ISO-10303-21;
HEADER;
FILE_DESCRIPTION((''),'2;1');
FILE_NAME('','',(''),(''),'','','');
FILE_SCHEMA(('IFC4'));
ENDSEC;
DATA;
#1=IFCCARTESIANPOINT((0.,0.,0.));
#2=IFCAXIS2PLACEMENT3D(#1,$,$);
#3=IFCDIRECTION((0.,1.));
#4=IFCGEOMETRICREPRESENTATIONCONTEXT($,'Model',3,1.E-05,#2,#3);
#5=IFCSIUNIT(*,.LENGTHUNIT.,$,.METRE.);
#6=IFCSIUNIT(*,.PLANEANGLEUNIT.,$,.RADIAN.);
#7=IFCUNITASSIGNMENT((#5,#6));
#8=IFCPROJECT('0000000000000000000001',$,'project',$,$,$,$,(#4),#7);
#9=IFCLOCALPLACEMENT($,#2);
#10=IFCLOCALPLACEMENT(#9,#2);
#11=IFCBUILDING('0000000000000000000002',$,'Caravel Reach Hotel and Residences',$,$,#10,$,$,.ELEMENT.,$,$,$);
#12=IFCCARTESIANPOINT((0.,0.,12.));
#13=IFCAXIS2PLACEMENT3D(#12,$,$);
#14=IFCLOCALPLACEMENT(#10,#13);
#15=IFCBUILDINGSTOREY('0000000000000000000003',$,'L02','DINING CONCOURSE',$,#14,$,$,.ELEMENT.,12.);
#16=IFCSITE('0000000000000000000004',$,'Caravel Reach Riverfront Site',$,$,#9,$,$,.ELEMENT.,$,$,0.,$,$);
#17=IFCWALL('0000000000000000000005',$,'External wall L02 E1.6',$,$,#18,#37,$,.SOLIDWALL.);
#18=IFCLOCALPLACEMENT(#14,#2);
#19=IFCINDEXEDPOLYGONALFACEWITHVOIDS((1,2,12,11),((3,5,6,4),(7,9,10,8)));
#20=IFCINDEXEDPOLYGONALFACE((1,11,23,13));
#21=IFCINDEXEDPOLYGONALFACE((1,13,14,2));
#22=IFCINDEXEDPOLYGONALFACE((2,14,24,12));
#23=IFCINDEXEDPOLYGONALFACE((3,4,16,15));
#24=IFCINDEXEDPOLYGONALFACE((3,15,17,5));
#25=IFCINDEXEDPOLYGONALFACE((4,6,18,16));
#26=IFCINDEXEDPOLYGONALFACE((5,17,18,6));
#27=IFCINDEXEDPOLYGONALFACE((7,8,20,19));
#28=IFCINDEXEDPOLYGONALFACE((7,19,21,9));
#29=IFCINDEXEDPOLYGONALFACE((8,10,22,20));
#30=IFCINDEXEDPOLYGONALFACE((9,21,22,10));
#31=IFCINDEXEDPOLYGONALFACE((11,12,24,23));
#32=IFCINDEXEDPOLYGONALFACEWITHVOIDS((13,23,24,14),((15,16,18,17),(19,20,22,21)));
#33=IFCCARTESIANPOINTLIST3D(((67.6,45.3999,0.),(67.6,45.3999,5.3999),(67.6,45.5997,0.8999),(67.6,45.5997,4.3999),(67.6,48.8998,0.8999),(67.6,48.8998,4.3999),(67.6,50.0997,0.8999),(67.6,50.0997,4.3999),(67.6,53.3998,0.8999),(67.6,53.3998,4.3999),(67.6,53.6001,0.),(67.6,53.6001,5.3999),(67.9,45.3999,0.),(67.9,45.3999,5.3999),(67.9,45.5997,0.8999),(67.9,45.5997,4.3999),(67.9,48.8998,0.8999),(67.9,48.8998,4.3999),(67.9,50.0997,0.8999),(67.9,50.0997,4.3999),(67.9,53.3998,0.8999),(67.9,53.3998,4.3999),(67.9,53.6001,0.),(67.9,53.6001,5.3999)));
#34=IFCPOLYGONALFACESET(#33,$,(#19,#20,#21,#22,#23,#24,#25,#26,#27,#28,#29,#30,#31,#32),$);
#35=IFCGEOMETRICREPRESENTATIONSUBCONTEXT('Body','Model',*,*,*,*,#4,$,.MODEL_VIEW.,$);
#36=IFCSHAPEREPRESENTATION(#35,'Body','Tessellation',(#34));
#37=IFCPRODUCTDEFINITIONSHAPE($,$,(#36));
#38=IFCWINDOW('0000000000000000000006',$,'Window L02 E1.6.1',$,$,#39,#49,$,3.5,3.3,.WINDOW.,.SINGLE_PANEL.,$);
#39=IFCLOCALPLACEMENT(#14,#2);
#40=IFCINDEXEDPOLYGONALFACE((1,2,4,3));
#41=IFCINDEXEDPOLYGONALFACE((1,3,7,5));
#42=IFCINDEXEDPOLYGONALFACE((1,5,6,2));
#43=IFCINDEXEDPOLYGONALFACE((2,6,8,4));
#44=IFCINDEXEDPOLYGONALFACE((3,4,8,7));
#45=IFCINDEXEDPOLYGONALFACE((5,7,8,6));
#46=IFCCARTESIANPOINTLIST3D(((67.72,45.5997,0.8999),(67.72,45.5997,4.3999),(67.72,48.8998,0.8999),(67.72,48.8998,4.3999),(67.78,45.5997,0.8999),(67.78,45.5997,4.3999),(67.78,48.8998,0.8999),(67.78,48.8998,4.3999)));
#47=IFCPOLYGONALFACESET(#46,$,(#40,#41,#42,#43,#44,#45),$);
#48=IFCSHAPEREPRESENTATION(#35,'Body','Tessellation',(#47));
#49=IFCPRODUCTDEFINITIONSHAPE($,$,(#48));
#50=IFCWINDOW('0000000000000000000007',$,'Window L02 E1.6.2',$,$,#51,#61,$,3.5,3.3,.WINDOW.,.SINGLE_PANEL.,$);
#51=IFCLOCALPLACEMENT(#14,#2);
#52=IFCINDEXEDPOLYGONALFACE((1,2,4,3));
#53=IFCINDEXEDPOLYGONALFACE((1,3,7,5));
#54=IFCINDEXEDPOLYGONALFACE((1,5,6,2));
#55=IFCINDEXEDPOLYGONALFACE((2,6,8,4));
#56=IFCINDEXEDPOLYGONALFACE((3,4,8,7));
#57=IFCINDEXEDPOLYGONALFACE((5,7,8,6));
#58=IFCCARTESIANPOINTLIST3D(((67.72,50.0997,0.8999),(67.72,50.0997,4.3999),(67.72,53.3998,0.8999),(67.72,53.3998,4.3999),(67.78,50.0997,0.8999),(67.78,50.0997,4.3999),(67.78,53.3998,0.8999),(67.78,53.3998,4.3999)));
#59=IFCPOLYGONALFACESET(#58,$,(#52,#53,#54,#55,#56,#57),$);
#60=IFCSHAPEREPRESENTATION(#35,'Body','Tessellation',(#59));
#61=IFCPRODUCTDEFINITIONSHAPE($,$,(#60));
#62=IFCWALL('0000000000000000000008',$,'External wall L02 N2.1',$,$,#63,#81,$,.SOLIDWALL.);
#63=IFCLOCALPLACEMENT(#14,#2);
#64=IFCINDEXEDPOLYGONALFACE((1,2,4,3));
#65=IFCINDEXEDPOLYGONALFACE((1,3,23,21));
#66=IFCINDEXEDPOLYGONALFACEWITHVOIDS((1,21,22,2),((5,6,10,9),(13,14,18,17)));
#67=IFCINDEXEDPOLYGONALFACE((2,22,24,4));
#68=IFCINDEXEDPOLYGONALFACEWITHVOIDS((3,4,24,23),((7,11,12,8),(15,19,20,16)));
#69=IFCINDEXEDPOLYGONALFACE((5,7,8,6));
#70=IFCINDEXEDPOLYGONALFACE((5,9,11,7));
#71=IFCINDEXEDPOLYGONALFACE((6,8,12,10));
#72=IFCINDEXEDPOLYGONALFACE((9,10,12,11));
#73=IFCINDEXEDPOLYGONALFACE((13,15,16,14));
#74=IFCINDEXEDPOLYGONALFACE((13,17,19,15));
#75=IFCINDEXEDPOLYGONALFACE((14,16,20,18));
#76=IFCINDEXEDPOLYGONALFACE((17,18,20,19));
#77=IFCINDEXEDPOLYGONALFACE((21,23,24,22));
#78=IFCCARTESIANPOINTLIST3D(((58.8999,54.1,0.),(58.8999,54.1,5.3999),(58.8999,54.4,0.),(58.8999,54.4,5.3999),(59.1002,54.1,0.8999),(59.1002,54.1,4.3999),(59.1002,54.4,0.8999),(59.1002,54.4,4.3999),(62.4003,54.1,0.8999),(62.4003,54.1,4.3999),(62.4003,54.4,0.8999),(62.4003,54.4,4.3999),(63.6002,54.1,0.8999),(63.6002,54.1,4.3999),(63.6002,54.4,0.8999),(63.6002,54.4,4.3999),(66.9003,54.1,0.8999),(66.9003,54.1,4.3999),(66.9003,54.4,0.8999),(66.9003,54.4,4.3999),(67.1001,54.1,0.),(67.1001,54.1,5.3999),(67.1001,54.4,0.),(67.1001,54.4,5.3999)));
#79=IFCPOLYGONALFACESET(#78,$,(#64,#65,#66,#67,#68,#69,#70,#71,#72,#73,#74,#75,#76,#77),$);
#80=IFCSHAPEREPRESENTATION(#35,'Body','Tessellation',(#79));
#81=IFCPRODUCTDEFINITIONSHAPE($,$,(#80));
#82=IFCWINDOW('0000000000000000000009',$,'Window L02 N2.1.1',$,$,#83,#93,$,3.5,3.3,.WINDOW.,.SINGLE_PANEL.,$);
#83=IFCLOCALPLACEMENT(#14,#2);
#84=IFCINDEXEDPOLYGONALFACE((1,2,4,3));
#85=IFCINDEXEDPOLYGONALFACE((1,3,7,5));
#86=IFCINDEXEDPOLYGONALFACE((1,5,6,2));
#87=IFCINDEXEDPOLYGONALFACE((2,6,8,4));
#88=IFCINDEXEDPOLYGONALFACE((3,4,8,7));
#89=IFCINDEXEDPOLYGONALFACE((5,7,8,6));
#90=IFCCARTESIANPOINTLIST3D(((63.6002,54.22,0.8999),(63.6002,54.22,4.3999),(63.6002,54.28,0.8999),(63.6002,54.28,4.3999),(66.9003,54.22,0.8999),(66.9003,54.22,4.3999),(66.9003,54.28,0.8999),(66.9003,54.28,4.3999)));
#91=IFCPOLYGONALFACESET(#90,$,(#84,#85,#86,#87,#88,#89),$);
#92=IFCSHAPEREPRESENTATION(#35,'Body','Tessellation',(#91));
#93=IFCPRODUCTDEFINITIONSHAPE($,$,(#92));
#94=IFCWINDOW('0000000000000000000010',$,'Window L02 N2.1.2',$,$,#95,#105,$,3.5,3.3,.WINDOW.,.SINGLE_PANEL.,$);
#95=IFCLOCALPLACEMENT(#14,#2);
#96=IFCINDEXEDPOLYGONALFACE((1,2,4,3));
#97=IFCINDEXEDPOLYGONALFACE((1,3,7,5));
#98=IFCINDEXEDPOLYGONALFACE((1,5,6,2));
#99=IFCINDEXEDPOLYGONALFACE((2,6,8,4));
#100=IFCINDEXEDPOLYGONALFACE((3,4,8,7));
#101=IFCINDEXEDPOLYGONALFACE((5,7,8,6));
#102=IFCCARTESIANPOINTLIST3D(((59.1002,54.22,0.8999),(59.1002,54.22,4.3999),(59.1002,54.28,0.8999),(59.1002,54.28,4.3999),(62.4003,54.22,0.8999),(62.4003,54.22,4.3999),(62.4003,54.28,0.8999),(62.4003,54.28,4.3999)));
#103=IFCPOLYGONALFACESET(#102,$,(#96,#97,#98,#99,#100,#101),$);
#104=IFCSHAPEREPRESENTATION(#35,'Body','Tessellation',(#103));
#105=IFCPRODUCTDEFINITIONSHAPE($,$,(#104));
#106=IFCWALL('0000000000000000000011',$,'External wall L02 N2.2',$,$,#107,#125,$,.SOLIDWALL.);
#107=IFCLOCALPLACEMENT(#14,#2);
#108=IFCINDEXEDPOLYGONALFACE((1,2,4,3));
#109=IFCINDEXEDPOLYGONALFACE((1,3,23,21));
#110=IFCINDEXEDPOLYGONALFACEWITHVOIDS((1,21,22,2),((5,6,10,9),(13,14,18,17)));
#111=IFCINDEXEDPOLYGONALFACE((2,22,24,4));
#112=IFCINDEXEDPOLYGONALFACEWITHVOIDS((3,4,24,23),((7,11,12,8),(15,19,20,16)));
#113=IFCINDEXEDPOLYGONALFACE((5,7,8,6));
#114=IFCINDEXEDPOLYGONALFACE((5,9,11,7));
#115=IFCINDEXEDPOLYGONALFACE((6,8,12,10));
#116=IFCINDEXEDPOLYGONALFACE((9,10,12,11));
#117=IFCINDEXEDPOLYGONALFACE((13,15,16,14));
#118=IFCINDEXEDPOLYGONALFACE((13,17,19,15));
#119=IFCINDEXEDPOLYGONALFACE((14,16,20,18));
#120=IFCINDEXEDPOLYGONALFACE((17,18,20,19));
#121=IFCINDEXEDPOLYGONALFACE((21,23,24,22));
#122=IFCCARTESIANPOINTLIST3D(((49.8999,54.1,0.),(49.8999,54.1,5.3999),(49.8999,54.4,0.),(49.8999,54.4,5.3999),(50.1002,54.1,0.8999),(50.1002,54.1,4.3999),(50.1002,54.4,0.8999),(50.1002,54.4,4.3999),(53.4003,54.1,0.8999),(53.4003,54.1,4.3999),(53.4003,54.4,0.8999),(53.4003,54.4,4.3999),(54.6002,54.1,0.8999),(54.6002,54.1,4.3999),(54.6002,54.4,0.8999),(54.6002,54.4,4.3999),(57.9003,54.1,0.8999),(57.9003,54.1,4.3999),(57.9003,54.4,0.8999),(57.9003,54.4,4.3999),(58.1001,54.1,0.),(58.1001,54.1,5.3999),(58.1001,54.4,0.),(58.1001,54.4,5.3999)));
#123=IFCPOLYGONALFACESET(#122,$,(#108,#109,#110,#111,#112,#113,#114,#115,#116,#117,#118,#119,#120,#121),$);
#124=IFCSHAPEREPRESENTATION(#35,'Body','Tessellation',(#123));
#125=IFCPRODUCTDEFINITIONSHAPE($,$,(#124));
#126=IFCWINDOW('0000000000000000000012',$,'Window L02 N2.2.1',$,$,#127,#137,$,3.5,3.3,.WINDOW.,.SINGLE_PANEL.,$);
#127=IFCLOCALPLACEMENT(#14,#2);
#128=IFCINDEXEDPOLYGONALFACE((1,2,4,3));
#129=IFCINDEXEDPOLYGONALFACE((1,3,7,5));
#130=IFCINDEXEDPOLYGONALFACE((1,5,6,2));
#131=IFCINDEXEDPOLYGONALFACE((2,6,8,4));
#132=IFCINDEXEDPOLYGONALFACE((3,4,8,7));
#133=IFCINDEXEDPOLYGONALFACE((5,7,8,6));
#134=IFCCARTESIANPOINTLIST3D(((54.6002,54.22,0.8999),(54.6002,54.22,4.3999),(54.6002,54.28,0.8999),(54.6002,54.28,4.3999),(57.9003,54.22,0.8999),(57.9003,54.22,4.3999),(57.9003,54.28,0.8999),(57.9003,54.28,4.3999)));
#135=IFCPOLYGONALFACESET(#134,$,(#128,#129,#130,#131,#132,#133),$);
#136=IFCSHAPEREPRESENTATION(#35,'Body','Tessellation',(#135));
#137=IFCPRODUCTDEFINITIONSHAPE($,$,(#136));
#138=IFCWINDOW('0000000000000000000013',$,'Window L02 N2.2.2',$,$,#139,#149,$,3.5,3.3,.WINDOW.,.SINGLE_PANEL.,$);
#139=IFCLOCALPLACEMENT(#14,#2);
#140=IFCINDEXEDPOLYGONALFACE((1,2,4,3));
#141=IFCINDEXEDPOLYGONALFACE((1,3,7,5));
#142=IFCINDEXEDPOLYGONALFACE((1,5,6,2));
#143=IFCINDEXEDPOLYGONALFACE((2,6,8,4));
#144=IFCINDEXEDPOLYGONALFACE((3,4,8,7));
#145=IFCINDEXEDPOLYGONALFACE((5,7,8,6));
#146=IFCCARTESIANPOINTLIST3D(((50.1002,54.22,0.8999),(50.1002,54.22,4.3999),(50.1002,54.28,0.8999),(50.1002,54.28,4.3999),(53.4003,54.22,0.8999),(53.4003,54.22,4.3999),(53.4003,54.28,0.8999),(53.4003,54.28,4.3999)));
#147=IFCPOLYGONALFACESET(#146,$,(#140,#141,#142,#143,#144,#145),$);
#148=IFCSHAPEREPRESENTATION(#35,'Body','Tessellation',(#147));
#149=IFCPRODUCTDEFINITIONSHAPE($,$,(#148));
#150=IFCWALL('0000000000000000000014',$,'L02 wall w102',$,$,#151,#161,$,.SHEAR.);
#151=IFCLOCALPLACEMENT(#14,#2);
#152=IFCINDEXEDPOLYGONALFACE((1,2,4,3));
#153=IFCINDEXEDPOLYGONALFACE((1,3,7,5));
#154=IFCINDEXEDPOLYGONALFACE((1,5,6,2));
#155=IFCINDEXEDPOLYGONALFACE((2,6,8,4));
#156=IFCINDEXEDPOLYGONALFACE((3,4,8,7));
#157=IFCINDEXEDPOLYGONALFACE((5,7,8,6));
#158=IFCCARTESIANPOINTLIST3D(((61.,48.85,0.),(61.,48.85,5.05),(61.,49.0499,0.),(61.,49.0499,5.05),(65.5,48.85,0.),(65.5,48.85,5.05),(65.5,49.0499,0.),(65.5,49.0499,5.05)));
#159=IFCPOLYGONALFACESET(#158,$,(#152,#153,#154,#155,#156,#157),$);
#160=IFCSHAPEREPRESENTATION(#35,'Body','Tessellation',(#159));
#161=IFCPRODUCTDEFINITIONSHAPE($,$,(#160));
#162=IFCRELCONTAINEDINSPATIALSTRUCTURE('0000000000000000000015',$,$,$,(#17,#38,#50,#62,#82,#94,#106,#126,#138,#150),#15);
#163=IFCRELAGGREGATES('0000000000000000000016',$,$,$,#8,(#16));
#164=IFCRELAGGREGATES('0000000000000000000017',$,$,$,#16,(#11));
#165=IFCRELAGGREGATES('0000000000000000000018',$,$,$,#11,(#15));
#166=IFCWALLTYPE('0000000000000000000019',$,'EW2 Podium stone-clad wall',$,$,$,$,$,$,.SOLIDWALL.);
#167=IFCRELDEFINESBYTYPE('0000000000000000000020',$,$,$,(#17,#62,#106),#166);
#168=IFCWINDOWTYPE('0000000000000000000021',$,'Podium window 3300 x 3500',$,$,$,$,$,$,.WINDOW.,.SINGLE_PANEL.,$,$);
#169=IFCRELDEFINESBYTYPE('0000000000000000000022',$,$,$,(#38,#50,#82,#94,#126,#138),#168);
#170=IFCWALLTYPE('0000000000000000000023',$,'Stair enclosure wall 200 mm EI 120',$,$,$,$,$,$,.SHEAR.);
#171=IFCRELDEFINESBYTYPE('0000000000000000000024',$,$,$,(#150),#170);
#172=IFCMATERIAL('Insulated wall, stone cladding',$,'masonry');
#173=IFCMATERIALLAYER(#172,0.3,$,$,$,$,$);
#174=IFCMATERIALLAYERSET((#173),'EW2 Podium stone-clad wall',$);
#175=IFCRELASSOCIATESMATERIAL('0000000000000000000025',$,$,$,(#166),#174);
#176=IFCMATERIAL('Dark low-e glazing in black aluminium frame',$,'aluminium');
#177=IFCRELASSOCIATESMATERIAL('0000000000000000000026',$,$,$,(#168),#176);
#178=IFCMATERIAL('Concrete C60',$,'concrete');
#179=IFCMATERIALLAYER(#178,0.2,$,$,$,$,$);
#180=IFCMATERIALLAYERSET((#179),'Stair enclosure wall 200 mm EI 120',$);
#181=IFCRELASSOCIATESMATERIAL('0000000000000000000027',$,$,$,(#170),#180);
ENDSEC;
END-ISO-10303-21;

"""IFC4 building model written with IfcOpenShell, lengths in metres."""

from ifc_helpers import new_model, si_unit, direction, frame, frame_2d, origin, place, context, subcontext, project, spatial, rectangle, extrude, material, layer, layer_set, type_object, element, fill, save


model = new_model("IFC4")

# Units and contexts
model_context = context("Model", 3, precision=1e-05, world=origin(), true_north=direction((0.0, 1.0)))
body_context = subcontext(model_context, "Body", "Model", "MODEL_VIEW")
ifc_project = project(units=[si_unit("LENGTHUNIT", "METRE"), si_unit("PLANEANGLEUNIT", "RADIAN")], contexts=[model_context])

# Site, building, storey
site_placement = place(None, origin())
site = spatial("IfcSite", under=ifc_project, at=site_placement, Name="Caravel Reach Riverfront Site", CompositionType="ELEMENT", RefElevation=0.0)
building_placement = place(site_placement, origin())
building = spatial("IfcBuilding", under=site, at=building_placement, Name="Caravel Reach Hotel and Residences", CompositionType="ELEMENT")
storey_placement = place(building_placement, frame((0.0, 0.0, 12.0)))
storey = spatial("IfcBuildingStorey", under=building, at=storey_placement, Name="L02", Description="DINING CONCOURSE", CompositionType="ELEMENT", Elevation=12.0)

# Walls, openings, windows
ifc_material_1 = material(Name="Insulated wall, stone cladding", Category="masonry")
ifc_layer_1 = layer(ifc_material_1, 0.3)
ifc_layer_set_1 = layer_set([ifc_layer_1], Name="EW2 Podium stone-clad wall")
wall_type_1 = type_object("IfcWallType", Name="EW2 Podium stone-clad wall", PredefinedType="SOLIDWALL", material=ifc_layer_set_1)
wall_1_placement = place(storey_placement, frame((67.75, 45.3999, 0.0), z_axis=(0.0, 0.0, 1.0), x_axis=(0.0, 1.0, 0.0)))
wall_1 = element("IfcWall", 1, at=wall_1_placement, inside=storey, type_object=wall_type_1, Name="External wall L02 E1.6", PredefinedType="SOLIDWALL", context=body_context, shape_type="SweptSolid", body=[
    extrude(rectangle(XDim=8.2002, YDim=0.3, at=frame_2d((4.1001, 0.0))), origin(), (0.0, 0.0, 1.0), 5.3999),
])
opening_1_placement = place(wall_1_placement, frame((0.2, 0.0, 0.8999)))
opening_1 = element("IfcOpeningElement", 2, at=opening_1_placement, cuts=wall_1, PredefinedType="OPENING", context=body_context, shape_type="SweptSolid", body=[
    extrude(rectangle(XDim=3.3, YDim=3.5, at=frame_2d((1.6499, 1.75))), frame((0.0, 0.1599, 0.0), z_axis=(0.0, -1.0, 0.0), x_axis=(1.0, 0.0, 0.0)), (0.0, 0.0, 1.0), 0.3201),
])
opening_2_placement = place(wall_1_placement, frame((4.7, 0.0, 0.8999)))
opening_2 = element("IfcOpeningElement", 3, at=opening_2_placement, cuts=wall_1, PredefinedType="OPENING", context=body_context, shape_type="SweptSolid", body=[
    extrude(rectangle(XDim=3.3, YDim=3.5, at=frame_2d((1.6499, 1.75))), frame((0.0, 0.1599, 0.0), z_axis=(0.0, -1.0, 0.0), x_axis=(1.0, 0.0, 0.0)), (0.0, 0.0, 1.0), 0.3201),
])
ifc_material_2 = material(Name="Dark low-e glazing in black aluminium frame", Category="aluminium")
window_type = type_object("IfcWindowType", Name="Podium window 3300 x 3500", PartitioningType="SINGLE_PANEL", PredefinedType="WINDOW", material=ifc_material_2)
window_1_placement = place(opening_1_placement, origin())
window_1 = element("IfcWindow", 4, at=window_1_placement, inside=storey, type_object=window_type, Name="Window L02 E1.6.1", OverallHeight=3.5, OverallWidth=3.3, PartitioningType="SINGLE_PANEL", PredefinedType="WINDOW", context=body_context, shape_type="SweptSolid", body=[
    extrude(rectangle(XDim=3.3, YDim=3.5, at=frame_2d((1.6499, 1.75))), frame((0.0, 0.03, 0.0), z_axis=(0.0, -1.0, 0.0), x_axis=(1.0, 0.0, 0.0)), (0.0, 0.0, 1.0), 0.0601),
])
fill(opening_1, window_1)
window_2_placement = place(opening_2_placement, origin())
window_2 = element("IfcWindow", 5, at=window_2_placement, inside=storey, type_object=window_type, Name="Window L02 E1.6.2", OverallHeight=3.5, OverallWidth=3.3, PartitioningType="SINGLE_PANEL", PredefinedType="WINDOW", context=body_context, shape_type="SweptSolid", body=[
    extrude(rectangle(XDim=3.3, YDim=3.5, at=frame_2d((1.6499, 1.75))), frame((0.0, 0.03, 0.0), z_axis=(0.0, -1.0, 0.0), x_axis=(1.0, 0.0, 0.0)), (0.0, 0.0, 1.0), 0.0601),
])
fill(opening_2, window_2)
wall_2_placement = place(storey_placement, frame((67.1001, 54.25, 0.0), z_axis=(0.0, 0.0, 1.0), x_axis=(-1.0, 0.0, 0.0)))
wall_2 = element("IfcWall", 6, at=wall_2_placement, inside=storey, type_object=wall_type_1, Name="External wall L02 N2.1", PredefinedType="SOLIDWALL", context=body_context, shape_type="SweptSolid", body=[
    extrude(rectangle(XDim=8.2002, YDim=0.3, at=frame_2d((4.1001, 0.0))), origin(), (0.0, 0.0, 1.0), 5.3999),
])
opening_3_placement = place(wall_2_placement, frame((0.2, 0.0, 0.8999)))
opening_3 = element("IfcOpeningElement", 7, at=opening_3_placement, cuts=wall_2, PredefinedType="OPENING", context=body_context, shape_type="SweptSolid", body=[
    extrude(rectangle(XDim=3.3, YDim=3.5, at=frame_2d((1.6499, 1.75))), frame((0.0, 0.1599, 0.0), z_axis=(0.0, -1.0, 0.0), x_axis=(1.0, 0.0, 0.0)), (0.0, 0.0, 1.0), 0.3201),
])
opening_4_placement = place(wall_2_placement, frame((4.7, 0.0, 0.8999)))
opening_4 = element("IfcOpeningElement", 8, at=opening_4_placement, cuts=wall_2, PredefinedType="OPENING", context=body_context, shape_type="SweptSolid", body=[
    extrude(rectangle(XDim=3.3, YDim=3.5, at=frame_2d((1.6499, 1.75))), frame((0.0, 0.1599, 0.0), z_axis=(0.0, -1.0, 0.0), x_axis=(1.0, 0.0, 0.0)), (0.0, 0.0, 1.0), 0.3201),
])
window_3_placement = place(opening_3_placement, origin())
window_3 = element("IfcWindow", 9, at=window_3_placement, inside=storey, type_object=window_type, Name="Window L02 N2.1.1", OverallHeight=3.5, OverallWidth=3.3, PartitioningType="SINGLE_PANEL", PredefinedType="WINDOW", context=body_context, shape_type="SweptSolid", body=[
    extrude(rectangle(XDim=3.3, YDim=3.5, at=frame_2d((1.6499, 1.75))), frame((0.0, 0.03, 0.0), z_axis=(0.0, -1.0, 0.0), x_axis=(1.0, 0.0, 0.0)), (0.0, 0.0, 1.0), 0.0601),
])
fill(opening_3, window_3)
window_4_placement = place(opening_4_placement, origin())
window_4 = element("IfcWindow", 10, at=window_4_placement, inside=storey, type_object=window_type, Name="Window L02 N2.1.2", OverallHeight=3.5, OverallWidth=3.3, PartitioningType="SINGLE_PANEL", PredefinedType="WINDOW", context=body_context, shape_type="SweptSolid", body=[
    extrude(rectangle(XDim=3.3, YDim=3.5, at=frame_2d((1.6499, 1.75))), frame((0.0, 0.03, 0.0), z_axis=(0.0, -1.0, 0.0), x_axis=(1.0, 0.0, 0.0)), (0.0, 0.0, 1.0), 0.0601),
])
fill(opening_4, window_4)
wall_3_placement = place(storey_placement, frame((58.1001, 54.25, 0.0), z_axis=(0.0, 0.0, 1.0), x_axis=(-1.0, 0.0, 0.0)))
wall_3 = element("IfcWall", 11, at=wall_3_placement, inside=storey, type_object=wall_type_1, Name="External wall L02 N2.2", PredefinedType="SOLIDWALL", context=body_context, shape_type="SweptSolid", body=[
    extrude(rectangle(XDim=8.2002, YDim=0.3, at=frame_2d((4.1001, 0.0))), origin(), (0.0, 0.0, 1.0), 5.3999),
])
opening_5_placement = place(wall_3_placement, frame((0.2, 0.0, 0.8999)))
opening_5 = element("IfcOpeningElement", 12, at=opening_5_placement, cuts=wall_3, PredefinedType="OPENING", context=body_context, shape_type="SweptSolid", body=[
    extrude(rectangle(XDim=3.3, YDim=3.5, at=frame_2d((1.6499, 1.75))), frame((0.0, 0.1599, 0.0), z_axis=(0.0, -1.0, 0.0), x_axis=(1.0, 0.0, 0.0)), (0.0, 0.0, 1.0), 0.3201),
])
opening_6_placement = place(wall_3_placement, frame((4.7, 0.0, 0.8999)))
opening_6 = element("IfcOpeningElement", 13, at=opening_6_placement, cuts=wall_3, PredefinedType="OPENING", context=body_context, shape_type="SweptSolid", body=[
    extrude(rectangle(XDim=3.3, YDim=3.5, at=frame_2d((1.6499, 1.75))), frame((0.0, 0.1599, 0.0), z_axis=(0.0, -1.0, 0.0), x_axis=(1.0, 0.0, 0.0)), (0.0, 0.0, 1.0), 0.3201),
])
window_5_placement = place(opening_5_placement, origin())
window_5 = element("IfcWindow", 14, at=window_5_placement, inside=storey, type_object=window_type, Name="Window L02 N2.2.1", OverallHeight=3.5, OverallWidth=3.3, PartitioningType="SINGLE_PANEL", PredefinedType="WINDOW", context=body_context, shape_type="SweptSolid", body=[
    extrude(rectangle(XDim=3.3, YDim=3.5, at=frame_2d((1.6499, 1.75))), frame((0.0, 0.03, 0.0), z_axis=(0.0, -1.0, 0.0), x_axis=(1.0, 0.0, 0.0)), (0.0, 0.0, 1.0), 0.0601),
])
fill(opening_5, window_5)
window_6_placement = place(opening_6_placement, origin())
window_6 = element("IfcWindow", 15, at=window_6_placement, inside=storey, type_object=window_type, Name="Window L02 N2.2.2", OverallHeight=3.5, OverallWidth=3.3, PartitioningType="SINGLE_PANEL", PredefinedType="WINDOW", context=body_context, shape_type="SweptSolid", body=[
    extrude(rectangle(XDim=3.3, YDim=3.5, at=frame_2d((1.6499, 1.75))), frame((0.0, 0.03, 0.0), z_axis=(0.0, -1.0, 0.0), x_axis=(1.0, 0.0, 0.0)), (0.0, 0.0, 1.0), 0.0601),
])
fill(opening_6, window_6)

# Wall
ifc_material_3 = material(Name="Concrete C60", Category="concrete")
ifc_layer_2 = layer(ifc_material_3, 0.2)
ifc_layer_set_2 = layer_set([ifc_layer_2], Name="Stair enclosure wall 200 mm EI 120")
wall_type_2 = type_object("IfcWallType", Name="Stair enclosure wall 200 mm EI 120", PredefinedType="SHEAR", material=ifc_layer_set_2)
wall_4_placement = place(storey_placement, frame((61.0, 48.95, 0.0), z_axis=(0.0, 0.0, 1.0), x_axis=(1.0, 0.0, 0.0)))
element("IfcWall", 16, at=wall_4_placement, inside=storey, type_object=wall_type_2, Name="L02 wall w102", PredefinedType="SHEAR", context=body_context, shape_type="SweptSolid", body=[
    extrude(rectangle(XDim=4.5, YDim=0.2, at=frame_2d((2.25, 0.0))), origin(), (0.0, 0.0, 1.0), 5.05),
])

save(model, "model.ifc")
